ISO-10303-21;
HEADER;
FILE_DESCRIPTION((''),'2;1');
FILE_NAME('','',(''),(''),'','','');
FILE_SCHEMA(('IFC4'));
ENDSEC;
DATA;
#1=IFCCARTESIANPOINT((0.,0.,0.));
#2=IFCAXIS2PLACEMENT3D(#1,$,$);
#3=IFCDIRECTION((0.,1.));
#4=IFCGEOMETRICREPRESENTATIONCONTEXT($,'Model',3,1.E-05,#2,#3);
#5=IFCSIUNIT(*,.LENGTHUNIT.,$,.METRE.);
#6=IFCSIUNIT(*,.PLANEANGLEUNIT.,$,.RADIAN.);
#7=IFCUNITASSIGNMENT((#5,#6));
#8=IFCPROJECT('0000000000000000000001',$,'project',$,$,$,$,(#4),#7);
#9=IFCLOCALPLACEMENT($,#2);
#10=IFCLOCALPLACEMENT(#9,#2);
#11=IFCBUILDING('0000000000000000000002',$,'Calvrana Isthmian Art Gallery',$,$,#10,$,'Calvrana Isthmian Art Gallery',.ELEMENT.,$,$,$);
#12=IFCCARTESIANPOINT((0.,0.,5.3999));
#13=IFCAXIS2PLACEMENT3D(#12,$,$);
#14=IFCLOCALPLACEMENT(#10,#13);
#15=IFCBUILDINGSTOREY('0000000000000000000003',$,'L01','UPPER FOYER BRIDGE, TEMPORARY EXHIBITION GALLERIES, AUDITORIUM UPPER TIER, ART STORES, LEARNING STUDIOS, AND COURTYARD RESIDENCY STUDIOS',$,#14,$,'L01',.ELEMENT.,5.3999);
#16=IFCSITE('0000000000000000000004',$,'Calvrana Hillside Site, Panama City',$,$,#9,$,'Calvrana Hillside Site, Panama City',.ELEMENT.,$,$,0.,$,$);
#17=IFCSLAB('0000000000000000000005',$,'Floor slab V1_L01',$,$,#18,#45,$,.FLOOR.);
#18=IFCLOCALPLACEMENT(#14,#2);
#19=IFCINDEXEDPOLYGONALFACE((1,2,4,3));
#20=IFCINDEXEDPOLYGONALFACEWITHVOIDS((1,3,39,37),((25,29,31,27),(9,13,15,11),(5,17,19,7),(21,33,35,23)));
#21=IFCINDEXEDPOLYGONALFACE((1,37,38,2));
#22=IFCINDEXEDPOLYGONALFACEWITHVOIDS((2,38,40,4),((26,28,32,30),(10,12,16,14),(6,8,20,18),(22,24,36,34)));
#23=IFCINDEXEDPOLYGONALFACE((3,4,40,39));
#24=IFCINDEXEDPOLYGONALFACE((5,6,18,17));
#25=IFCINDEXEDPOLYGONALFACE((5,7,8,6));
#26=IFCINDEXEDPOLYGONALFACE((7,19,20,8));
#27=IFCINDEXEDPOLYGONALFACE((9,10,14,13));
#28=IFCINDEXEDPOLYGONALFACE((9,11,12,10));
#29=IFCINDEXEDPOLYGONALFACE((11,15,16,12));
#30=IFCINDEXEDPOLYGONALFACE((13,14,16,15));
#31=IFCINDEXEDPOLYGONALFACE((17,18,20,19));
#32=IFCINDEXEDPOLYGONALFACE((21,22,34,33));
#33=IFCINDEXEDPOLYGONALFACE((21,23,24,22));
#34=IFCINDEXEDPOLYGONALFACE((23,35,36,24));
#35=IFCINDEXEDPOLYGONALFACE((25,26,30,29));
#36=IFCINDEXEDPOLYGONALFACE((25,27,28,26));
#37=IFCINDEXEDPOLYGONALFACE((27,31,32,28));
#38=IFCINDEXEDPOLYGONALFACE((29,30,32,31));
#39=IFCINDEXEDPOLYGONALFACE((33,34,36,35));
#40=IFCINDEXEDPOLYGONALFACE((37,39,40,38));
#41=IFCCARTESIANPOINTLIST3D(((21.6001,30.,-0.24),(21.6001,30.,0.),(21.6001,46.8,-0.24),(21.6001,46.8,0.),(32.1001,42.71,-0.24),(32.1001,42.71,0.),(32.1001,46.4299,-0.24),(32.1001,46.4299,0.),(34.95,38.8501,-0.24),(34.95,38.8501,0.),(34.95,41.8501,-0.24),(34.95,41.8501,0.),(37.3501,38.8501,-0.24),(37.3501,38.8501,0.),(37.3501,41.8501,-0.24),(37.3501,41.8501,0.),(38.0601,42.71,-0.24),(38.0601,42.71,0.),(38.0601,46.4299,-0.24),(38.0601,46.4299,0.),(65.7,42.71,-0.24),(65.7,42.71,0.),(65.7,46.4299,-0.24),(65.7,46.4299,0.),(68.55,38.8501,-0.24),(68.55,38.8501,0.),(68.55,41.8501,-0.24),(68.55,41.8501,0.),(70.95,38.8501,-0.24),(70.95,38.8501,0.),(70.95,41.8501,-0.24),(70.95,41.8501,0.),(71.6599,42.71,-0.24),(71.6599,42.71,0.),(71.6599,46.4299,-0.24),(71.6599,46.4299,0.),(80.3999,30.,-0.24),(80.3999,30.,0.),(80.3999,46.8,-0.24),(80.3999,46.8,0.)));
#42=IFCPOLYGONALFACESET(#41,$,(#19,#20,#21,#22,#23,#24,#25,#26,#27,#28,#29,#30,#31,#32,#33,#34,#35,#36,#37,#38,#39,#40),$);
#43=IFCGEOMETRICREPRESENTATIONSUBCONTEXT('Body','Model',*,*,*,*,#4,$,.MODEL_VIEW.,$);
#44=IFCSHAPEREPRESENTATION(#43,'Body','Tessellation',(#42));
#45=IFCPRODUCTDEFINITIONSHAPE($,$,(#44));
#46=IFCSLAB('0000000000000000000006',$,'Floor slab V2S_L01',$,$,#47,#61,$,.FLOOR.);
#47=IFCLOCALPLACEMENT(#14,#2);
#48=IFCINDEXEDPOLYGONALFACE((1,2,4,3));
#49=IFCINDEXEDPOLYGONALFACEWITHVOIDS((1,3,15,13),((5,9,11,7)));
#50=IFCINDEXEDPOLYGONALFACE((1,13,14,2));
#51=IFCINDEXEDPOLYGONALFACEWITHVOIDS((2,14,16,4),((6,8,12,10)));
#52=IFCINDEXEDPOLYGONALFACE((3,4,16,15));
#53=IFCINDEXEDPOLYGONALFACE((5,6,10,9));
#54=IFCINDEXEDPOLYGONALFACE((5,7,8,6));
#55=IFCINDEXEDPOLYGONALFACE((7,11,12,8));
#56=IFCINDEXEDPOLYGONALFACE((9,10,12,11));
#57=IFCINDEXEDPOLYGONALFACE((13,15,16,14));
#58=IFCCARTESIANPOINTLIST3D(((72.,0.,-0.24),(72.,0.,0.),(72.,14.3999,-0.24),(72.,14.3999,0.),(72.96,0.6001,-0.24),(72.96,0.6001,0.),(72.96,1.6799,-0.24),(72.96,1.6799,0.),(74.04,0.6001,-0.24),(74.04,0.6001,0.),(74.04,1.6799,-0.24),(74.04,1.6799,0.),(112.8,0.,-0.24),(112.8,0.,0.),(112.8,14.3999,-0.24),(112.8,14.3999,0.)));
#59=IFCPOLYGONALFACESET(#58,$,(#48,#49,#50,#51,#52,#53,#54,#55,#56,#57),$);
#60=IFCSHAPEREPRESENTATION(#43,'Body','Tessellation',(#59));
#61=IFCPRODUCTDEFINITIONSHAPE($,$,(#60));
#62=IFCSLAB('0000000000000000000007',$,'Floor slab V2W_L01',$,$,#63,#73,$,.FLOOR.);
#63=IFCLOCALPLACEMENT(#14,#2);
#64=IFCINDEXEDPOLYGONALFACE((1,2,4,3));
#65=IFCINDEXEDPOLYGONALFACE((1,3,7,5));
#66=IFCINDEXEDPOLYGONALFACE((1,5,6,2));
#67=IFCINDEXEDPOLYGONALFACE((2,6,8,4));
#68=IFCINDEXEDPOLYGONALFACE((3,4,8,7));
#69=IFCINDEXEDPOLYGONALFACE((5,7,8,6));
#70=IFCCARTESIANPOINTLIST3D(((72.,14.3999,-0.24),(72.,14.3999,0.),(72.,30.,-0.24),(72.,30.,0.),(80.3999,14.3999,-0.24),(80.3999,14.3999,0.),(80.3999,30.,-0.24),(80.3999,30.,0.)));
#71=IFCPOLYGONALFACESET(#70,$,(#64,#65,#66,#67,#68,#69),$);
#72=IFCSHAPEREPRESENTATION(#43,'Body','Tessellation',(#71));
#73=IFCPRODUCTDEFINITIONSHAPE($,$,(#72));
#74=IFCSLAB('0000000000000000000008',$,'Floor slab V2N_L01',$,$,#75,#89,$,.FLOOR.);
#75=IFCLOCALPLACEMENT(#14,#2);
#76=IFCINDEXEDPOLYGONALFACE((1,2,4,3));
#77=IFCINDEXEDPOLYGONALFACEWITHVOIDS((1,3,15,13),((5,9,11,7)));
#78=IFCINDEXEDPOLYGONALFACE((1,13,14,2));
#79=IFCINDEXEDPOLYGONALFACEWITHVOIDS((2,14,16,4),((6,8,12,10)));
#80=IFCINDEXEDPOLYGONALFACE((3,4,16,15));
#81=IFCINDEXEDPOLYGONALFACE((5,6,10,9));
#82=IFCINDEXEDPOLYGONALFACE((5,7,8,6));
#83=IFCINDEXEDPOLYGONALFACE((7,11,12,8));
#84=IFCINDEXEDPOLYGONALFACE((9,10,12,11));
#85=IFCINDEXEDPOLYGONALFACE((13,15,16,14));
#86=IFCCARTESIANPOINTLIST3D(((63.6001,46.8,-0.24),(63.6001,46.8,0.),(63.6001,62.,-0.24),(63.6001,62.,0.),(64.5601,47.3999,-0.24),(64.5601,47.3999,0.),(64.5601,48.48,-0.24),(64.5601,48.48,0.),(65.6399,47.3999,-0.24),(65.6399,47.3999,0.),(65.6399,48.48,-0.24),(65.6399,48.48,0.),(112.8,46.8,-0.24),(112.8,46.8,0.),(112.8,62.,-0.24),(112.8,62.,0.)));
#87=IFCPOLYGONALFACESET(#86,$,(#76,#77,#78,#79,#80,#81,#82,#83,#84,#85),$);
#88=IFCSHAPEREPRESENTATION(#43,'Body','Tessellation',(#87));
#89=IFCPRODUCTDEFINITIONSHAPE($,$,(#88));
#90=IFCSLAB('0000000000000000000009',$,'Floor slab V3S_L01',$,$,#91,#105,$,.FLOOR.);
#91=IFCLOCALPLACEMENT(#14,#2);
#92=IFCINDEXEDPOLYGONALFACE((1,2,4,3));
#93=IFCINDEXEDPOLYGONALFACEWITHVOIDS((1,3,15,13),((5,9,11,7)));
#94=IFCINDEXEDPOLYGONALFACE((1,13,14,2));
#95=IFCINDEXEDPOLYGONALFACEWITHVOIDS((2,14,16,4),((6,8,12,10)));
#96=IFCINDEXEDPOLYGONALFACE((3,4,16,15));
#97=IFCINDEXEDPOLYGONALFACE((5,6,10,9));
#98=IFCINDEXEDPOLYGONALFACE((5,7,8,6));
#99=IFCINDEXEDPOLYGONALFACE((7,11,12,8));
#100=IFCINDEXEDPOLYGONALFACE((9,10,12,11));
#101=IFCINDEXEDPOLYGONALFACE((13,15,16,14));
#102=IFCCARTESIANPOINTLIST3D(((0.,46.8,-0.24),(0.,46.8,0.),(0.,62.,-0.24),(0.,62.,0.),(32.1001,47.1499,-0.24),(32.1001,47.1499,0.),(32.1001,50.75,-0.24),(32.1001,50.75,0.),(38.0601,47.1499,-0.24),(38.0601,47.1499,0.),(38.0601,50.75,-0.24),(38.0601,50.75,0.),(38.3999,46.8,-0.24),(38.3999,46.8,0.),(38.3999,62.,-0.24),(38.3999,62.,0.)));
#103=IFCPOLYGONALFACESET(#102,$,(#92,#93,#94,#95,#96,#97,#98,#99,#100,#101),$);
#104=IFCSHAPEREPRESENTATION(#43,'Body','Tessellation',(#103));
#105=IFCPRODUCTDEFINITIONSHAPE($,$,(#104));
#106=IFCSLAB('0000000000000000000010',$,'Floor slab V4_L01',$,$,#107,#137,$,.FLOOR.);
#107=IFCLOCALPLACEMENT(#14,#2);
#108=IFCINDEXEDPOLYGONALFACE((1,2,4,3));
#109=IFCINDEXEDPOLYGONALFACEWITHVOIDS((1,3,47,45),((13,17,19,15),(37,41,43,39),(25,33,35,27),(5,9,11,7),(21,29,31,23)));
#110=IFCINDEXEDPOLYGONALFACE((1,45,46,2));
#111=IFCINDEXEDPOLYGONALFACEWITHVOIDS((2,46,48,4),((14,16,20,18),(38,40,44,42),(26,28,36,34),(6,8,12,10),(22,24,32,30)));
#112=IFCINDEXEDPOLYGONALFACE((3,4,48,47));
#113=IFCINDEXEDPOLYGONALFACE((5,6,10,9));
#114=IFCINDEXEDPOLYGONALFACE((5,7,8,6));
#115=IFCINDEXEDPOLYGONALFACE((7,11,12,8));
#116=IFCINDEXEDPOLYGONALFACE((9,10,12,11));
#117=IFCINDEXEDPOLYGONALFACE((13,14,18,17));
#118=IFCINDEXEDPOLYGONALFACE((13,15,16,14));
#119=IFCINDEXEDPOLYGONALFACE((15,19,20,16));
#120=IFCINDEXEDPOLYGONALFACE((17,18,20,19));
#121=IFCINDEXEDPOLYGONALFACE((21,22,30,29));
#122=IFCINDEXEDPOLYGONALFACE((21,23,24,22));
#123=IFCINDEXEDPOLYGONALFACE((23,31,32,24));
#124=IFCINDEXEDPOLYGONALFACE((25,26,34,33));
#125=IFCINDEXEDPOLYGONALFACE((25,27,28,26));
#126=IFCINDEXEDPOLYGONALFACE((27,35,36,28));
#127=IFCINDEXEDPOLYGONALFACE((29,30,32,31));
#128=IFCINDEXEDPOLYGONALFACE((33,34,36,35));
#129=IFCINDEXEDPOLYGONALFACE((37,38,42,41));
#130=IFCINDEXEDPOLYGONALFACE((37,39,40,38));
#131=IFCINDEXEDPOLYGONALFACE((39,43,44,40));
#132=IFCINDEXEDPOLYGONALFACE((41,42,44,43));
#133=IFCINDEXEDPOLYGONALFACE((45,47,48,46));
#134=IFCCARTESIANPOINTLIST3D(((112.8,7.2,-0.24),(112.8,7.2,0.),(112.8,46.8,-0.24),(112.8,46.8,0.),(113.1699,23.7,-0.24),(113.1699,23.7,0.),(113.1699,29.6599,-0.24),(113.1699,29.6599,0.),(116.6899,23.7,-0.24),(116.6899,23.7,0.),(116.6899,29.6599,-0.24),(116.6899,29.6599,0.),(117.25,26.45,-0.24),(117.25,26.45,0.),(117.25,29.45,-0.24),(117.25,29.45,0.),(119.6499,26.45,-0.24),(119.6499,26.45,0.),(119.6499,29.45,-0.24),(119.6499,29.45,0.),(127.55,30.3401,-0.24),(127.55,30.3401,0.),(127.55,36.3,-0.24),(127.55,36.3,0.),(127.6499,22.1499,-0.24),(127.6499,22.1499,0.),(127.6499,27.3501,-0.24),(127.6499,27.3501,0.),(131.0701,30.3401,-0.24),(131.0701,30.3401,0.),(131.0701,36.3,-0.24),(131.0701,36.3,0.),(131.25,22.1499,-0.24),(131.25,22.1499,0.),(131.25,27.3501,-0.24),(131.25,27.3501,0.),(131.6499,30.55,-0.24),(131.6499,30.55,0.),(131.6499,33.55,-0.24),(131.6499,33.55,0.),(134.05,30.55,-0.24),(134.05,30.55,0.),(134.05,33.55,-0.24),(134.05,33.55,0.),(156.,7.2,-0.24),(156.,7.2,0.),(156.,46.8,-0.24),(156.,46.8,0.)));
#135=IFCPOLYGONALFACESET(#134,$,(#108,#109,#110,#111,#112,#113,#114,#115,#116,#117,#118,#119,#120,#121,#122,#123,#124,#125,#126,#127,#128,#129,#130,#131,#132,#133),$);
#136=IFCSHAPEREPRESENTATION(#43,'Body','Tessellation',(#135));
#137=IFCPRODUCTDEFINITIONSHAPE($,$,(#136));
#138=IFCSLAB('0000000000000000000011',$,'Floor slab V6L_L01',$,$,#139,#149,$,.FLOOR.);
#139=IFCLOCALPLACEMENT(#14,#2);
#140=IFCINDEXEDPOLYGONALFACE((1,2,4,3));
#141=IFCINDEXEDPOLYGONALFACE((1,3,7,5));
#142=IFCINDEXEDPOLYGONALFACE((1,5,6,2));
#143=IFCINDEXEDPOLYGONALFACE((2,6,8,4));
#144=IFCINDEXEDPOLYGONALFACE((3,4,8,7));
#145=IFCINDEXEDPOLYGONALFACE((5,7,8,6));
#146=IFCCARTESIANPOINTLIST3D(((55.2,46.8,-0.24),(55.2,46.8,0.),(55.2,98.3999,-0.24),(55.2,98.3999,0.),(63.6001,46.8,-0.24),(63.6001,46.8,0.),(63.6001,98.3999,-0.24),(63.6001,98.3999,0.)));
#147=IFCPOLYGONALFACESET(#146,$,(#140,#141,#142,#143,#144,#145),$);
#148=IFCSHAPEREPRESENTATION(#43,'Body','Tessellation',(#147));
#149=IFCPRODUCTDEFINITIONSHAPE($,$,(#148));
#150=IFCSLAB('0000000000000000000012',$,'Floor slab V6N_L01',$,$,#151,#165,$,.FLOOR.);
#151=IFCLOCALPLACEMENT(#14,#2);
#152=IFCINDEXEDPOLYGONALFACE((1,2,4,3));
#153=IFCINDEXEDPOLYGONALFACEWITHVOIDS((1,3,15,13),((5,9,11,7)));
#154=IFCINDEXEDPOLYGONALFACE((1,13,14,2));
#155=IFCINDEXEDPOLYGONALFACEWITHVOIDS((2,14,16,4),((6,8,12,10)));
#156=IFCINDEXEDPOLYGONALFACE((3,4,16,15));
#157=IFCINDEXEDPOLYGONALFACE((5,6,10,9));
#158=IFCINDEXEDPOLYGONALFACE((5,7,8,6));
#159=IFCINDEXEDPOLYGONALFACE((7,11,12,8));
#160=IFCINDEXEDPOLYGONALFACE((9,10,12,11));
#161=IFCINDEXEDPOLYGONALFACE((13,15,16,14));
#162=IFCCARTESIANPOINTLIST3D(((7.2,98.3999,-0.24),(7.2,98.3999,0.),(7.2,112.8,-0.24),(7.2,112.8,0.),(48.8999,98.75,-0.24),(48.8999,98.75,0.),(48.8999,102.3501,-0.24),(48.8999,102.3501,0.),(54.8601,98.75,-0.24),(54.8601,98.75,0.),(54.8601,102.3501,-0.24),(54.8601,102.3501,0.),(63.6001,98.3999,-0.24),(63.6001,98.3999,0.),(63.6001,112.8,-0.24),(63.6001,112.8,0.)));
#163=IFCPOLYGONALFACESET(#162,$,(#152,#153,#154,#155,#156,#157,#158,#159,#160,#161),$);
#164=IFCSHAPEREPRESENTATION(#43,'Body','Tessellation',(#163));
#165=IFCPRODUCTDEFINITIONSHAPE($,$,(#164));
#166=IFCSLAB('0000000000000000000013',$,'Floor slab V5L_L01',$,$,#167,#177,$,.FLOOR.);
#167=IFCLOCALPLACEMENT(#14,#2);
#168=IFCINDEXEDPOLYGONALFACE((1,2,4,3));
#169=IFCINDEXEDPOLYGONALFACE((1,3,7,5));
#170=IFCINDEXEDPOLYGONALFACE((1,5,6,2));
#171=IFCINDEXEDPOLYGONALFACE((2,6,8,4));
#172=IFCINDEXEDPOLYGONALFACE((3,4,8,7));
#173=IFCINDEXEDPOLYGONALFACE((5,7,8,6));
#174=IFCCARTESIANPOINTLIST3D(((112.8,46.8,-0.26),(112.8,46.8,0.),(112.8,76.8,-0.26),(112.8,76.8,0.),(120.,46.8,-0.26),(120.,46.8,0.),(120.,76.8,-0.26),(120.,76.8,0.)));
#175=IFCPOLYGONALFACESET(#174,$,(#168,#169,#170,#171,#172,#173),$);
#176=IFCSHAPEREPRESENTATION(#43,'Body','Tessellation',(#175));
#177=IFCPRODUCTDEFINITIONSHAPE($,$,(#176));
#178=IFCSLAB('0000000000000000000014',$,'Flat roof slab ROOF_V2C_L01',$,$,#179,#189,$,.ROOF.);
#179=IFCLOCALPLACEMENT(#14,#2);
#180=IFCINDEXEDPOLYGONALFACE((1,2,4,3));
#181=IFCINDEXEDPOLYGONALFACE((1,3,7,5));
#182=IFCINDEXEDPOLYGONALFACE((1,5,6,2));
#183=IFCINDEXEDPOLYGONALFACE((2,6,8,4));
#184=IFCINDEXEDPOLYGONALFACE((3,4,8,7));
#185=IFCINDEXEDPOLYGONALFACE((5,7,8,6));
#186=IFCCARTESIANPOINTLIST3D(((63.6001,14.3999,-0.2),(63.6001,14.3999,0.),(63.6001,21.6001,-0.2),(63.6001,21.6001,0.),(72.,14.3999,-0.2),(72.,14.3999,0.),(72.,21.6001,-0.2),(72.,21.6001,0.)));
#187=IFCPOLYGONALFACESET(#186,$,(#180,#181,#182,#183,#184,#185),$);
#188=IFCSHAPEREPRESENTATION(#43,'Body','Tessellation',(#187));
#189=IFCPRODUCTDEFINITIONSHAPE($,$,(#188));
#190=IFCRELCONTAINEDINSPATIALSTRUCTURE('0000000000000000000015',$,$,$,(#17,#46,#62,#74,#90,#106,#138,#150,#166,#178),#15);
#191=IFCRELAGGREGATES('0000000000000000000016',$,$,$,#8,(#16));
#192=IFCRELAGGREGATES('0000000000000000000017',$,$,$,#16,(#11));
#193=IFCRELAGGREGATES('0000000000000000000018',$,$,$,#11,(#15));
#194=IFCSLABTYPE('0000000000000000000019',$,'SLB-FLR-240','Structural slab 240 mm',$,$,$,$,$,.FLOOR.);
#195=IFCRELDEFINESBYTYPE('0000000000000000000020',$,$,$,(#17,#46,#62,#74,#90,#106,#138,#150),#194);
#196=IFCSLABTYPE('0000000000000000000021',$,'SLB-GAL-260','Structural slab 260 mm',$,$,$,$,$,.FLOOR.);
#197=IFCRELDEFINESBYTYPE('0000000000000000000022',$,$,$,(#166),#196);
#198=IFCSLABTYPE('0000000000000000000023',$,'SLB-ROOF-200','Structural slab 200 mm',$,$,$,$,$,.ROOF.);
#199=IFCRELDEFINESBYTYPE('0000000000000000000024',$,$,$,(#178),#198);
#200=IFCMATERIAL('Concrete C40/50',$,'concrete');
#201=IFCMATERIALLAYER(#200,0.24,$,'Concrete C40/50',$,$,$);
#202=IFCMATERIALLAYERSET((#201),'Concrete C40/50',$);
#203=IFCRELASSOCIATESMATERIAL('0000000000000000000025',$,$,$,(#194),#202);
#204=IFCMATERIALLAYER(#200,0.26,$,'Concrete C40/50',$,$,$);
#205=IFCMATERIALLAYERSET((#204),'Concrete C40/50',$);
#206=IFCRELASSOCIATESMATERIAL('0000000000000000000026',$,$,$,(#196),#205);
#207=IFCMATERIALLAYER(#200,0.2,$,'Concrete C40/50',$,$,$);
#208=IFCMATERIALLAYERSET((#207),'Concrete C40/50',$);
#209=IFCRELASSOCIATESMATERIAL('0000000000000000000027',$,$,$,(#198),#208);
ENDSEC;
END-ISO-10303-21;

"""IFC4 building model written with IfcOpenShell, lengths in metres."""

from ifc_helpers import new_model, si_unit, direction, frame, origin, place, context, subcontext, project, spatial, polyline, outline, extrude, material, layer, layer_set, type_object, element, save


model = new_model("IFC4")

# Units and contexts
model_context = context("Model", 3, precision=1e-05, world=origin(), true_north=direction((0.0, 1.0)))
body_context = subcontext(model_context, "Body", "Model", "MODEL_VIEW")
ifc_project = project(units=[si_unit("LENGTHUNIT", "METRE"), si_unit("PLANEANGLEUNIT", "RADIAN")], contexts=[model_context])

# Site, building, storey
site_placement = place(None, origin())
site = spatial("IfcSite", under=ifc_project, at=site_placement, Name="Calvrana Hillside Site, Panama City", LongName="Calvrana Hillside Site, Panama City", CompositionType="ELEMENT", RefElevation=0.0)
building_placement = place(site_placement, origin())
building = spatial("IfcBuilding", under=site, at=building_placement, Name="Calvrana Isthmian Art Gallery", LongName="Calvrana Isthmian Art Gallery", CompositionType="ELEMENT")
storey_placement = place(building_placement, frame((0.0, 0.0, 5.3999)))
storey = spatial("IfcBuildingStorey", under=building, at=storey_placement, Name="L01", Description="UPPER FOYER BRIDGE, TEMPORARY EXHIBITION GALLERIES, AUDITORIUM UPPER TIER, ART STORES, LEARNING STUDIOS, AND COURTYARD RESIDENCY STUDIOS", LongName="L01", CompositionType="ELEMENT", Elevation=5.3999)

# Slabs
ifc_material_1 = material(Name="Concrete C40/50", Category="concrete")
ifc_layer_1 = layer(ifc_material_1, 0.24, Name="Concrete C40/50")
ifc_layer_set_1 = layer_set([ifc_layer_1], Name="Concrete C40/50")
slab_type_1 = type_object("IfcSlabType", Name="SLB-FLR-240", Description="Structural slab 240 mm", PredefinedType="FLOOR", material=ifc_layer_set_1)
slab_1_placement = place(storey_placement, frame((0.0, 0.0, -0.24)))
element("IfcSlab", 1, at=slab_1_placement, inside=storey, type_object=slab_type_1, Name="Floor slab V1_L01", PredefinedType="FLOOR", context=body_context, shape_type="SweptSolid", body=[
    extrude(outline(polyline([(21.6001, 30.0), (80.3999, 30.0), (80.3999, 46.8), (21.6001, 46.8), (21.6001, 30.0)]), holes=[polyline([(32.1001, 42.71), (38.0601, 42.71), (38.0601, 46.4299), (32.1001, 46.4299), (32.1001, 42.71)]), polyline([(34.95, 38.8501), (37.3501, 38.8501), (37.3501, 41.8501), (34.95, 41.8501), (34.95, 38.8501)]), polyline([(65.7, 42.71), (71.6599, 42.71), (71.6599, 46.4299), (65.7, 46.4299), (65.7, 42.71)]), polyline([(68.55, 38.8501), (70.95, 38.8501), (70.95, 41.8501), (68.55, 41.8501), (68.55, 38.8501)])]), origin(), (0.0, 0.0, 1.0), 0.24),
])
slab_2_placement = place(storey_placement, frame((0.0, 0.0, -0.24)))
element("IfcSlab", 2, at=slab_2_placement, inside=storey, type_object=slab_type_1, Name="Floor slab V2S_L01", PredefinedType="FLOOR", context=body_context, shape_type="SweptSolid", body=[
    extrude(outline(polyline([(72.0, 0.0), (112.8, 0.0), (112.8, 14.3999), (72.0, 14.3999), (72.0, 0.0)]), holes=[polyline([(72.96, 0.6001), (74.04, 0.6001), (74.04, 1.6799), (72.96, 1.6799), (72.96, 0.6001)])]), origin(), (0.0, 0.0, 1.0), 0.24),
])
slab_3_placement = place(storey_placement, frame((0.0, 0.0, -0.24)))
element("IfcSlab", 3, at=slab_3_placement, inside=storey, type_object=slab_type_1, Name="Floor slab V2W_L01", PredefinedType="FLOOR", context=body_context, shape_type="SweptSolid", body=[
    extrude(outline(polyline([(72.0, 14.3999), (80.3999, 14.3999), (80.3999, 30.0), (72.0, 30.0), (72.0, 14.3999)])), origin(), (0.0, 0.0, 1.0), 0.24),
])
slab_4_placement = place(storey_placement, frame((0.0, 0.0, -0.24)))
element("IfcSlab", 4, at=slab_4_placement, inside=storey, type_object=slab_type_1, Name="Floor slab V2N_L01", PredefinedType="FLOOR", context=body_context, shape_type="SweptSolid", body=[
    extrude(outline(polyline([(63.6001, 46.8), (112.8, 46.8), (112.8, 62.0), (63.6001, 62.0), (63.6001, 46.8)]), holes=[polyline([(64.5601, 47.3999), (65.6399, 47.3999), (65.6399, 48.48), (64.5601, 48.48), (64.5601, 47.3999)])]), origin(), (0.0, 0.0, 1.0), 0.24),
])
slab_5_placement = place(storey_placement, frame((0.0, 0.0, -0.24)))
element("IfcSlab", 5, at=slab_5_placement, inside=storey, type_object=slab_type_1, Name="Floor slab V3S_L01", PredefinedType="FLOOR", context=body_context, shape_type="SweptSolid", body=[
    extrude(outline(polyline([(0.0, 46.8), (38.3999, 46.8), (38.3999, 62.0), (0.0, 62.0), (0.0, 46.8)]), holes=[polyline([(32.1001, 47.1499), (38.0601, 47.1499), (38.0601, 50.75), (32.1001, 50.75), (32.1001, 47.1499)])]), origin(), (0.0, 0.0, 1.0), 0.24),
])
slab_6_placement = place(storey_placement, frame((0.0, 0.0, -0.24)))
element("IfcSlab", 6, at=slab_6_placement, inside=storey, type_object=slab_type_1, Name="Floor slab V4_L01", PredefinedType="FLOOR", context=body_context, shape_type="SweptSolid", body=[
    extrude(outline(polyline([(112.8, 7.2), (156.0, 7.2), (156.0, 46.8), (112.8, 46.8), (112.8, 7.2)]), holes=[polyline([(116.6899, 23.7), (116.6899, 29.6599), (113.1699, 29.6599), (113.1699, 23.7), (116.6899, 23.7)]), polyline([(117.25, 26.45), (119.6499, 26.45), (119.6499, 29.45), (117.25, 29.45), (117.25, 26.45)]), polyline([(127.55, 36.3), (127.55, 30.3401), (131.0701, 30.3401), (131.0701, 36.3), (127.55, 36.3)]), polyline([(131.6499, 30.55), (134.05, 30.55), (134.05, 33.55), (131.6499, 33.55), (131.6499, 30.55)]), polyline([(127.6499, 22.1499), (131.25, 22.1499), (131.25, 27.3501), (127.6499, 27.3501), (127.6499, 22.1499)])]), origin(), (0.0, 0.0, 1.0), 0.24),
])
slab_7_placement = place(storey_placement, frame((0.0, 0.0, -0.24)))
element("IfcSlab", 7, at=slab_7_placement, inside=storey, type_object=slab_type_1, Name="Floor slab V6L_L01", PredefinedType="FLOOR", context=body_context, shape_type="SweptSolid", body=[
    extrude(outline(polyline([(55.2, 46.8), (63.6001, 46.8), (63.6001, 98.3999), (55.2, 98.3999), (55.2, 46.8)])), origin(), (0.0, 0.0, 1.0), 0.24),
])
slab_8_placement = place(storey_placement, frame((0.0, 0.0, -0.24)))
element("IfcSlab", 8, at=slab_8_placement, inside=storey, type_object=slab_type_1, Name="Floor slab V6N_L01", PredefinedType="FLOOR", context=body_context, shape_type="SweptSolid", body=[
    extrude(outline(polyline([(7.2, 98.3999), (63.6001, 98.3999), (63.6001, 112.8), (7.2, 112.8), (7.2, 98.3999)]), holes=[polyline([(48.8999, 98.75), (54.8601, 98.75), (54.8601, 102.3501), (48.8999, 102.3501), (48.8999, 98.75)])]), origin(), (0.0, 0.0, 1.0), 0.24),
])
ifc_layer_2 = layer(ifc_material_1, 0.26, Name="Concrete C40/50")
ifc_layer_set_2 = layer_set([ifc_layer_2], Name="Concrete C40/50")
slab_type_2 = type_object("IfcSlabType", Name="SLB-GAL-260", Description="Structural slab 260 mm", PredefinedType="FLOOR", material=ifc_layer_set_2)
slab_9_placement = place(storey_placement, frame((0.0, 0.0, -0.26)))
element("IfcSlab", 9, at=slab_9_placement, inside=storey, type_object=slab_type_2, Name="Floor slab V5L_L01", PredefinedType="FLOOR", context=body_context, shape_type="SweptSolid", body=[
    extrude(outline(polyline([(112.8, 46.8), (120.0, 46.8), (120.0, 76.8), (112.8, 76.8), (112.8, 46.8)])), origin(), (0.0, 0.0, 1.0), 0.26),
])
ifc_layer_3 = layer(ifc_material_1, 0.2, Name="Concrete C40/50")
ifc_layer_set_3 = layer_set([ifc_layer_3], Name="Concrete C40/50")
slab_type_3 = type_object("IfcSlabType", Name="SLB-ROOF-200", Description="Structural slab 200 mm", PredefinedType="ROOF", material=ifc_layer_set_3)
slab_10_placement = place(storey_placement, frame((0.0, 0.0, -0.2)))
element("IfcSlab", 10, at=slab_10_placement, inside=storey, type_object=slab_type_3, Name="Flat roof slab ROOF_V2C_L01", PredefinedType="ROOF", context=body_context, shape_type="SweptSolid", body=[
    extrude(outline(polyline([(63.6001, 14.3999), (72.0, 14.3999), (72.0, 21.6001), (63.6001, 21.6001), (63.6001, 14.3999)])), origin(), (0.0, 0.0, 1.0), 0.2),
])

save(model, "model.ifc")
